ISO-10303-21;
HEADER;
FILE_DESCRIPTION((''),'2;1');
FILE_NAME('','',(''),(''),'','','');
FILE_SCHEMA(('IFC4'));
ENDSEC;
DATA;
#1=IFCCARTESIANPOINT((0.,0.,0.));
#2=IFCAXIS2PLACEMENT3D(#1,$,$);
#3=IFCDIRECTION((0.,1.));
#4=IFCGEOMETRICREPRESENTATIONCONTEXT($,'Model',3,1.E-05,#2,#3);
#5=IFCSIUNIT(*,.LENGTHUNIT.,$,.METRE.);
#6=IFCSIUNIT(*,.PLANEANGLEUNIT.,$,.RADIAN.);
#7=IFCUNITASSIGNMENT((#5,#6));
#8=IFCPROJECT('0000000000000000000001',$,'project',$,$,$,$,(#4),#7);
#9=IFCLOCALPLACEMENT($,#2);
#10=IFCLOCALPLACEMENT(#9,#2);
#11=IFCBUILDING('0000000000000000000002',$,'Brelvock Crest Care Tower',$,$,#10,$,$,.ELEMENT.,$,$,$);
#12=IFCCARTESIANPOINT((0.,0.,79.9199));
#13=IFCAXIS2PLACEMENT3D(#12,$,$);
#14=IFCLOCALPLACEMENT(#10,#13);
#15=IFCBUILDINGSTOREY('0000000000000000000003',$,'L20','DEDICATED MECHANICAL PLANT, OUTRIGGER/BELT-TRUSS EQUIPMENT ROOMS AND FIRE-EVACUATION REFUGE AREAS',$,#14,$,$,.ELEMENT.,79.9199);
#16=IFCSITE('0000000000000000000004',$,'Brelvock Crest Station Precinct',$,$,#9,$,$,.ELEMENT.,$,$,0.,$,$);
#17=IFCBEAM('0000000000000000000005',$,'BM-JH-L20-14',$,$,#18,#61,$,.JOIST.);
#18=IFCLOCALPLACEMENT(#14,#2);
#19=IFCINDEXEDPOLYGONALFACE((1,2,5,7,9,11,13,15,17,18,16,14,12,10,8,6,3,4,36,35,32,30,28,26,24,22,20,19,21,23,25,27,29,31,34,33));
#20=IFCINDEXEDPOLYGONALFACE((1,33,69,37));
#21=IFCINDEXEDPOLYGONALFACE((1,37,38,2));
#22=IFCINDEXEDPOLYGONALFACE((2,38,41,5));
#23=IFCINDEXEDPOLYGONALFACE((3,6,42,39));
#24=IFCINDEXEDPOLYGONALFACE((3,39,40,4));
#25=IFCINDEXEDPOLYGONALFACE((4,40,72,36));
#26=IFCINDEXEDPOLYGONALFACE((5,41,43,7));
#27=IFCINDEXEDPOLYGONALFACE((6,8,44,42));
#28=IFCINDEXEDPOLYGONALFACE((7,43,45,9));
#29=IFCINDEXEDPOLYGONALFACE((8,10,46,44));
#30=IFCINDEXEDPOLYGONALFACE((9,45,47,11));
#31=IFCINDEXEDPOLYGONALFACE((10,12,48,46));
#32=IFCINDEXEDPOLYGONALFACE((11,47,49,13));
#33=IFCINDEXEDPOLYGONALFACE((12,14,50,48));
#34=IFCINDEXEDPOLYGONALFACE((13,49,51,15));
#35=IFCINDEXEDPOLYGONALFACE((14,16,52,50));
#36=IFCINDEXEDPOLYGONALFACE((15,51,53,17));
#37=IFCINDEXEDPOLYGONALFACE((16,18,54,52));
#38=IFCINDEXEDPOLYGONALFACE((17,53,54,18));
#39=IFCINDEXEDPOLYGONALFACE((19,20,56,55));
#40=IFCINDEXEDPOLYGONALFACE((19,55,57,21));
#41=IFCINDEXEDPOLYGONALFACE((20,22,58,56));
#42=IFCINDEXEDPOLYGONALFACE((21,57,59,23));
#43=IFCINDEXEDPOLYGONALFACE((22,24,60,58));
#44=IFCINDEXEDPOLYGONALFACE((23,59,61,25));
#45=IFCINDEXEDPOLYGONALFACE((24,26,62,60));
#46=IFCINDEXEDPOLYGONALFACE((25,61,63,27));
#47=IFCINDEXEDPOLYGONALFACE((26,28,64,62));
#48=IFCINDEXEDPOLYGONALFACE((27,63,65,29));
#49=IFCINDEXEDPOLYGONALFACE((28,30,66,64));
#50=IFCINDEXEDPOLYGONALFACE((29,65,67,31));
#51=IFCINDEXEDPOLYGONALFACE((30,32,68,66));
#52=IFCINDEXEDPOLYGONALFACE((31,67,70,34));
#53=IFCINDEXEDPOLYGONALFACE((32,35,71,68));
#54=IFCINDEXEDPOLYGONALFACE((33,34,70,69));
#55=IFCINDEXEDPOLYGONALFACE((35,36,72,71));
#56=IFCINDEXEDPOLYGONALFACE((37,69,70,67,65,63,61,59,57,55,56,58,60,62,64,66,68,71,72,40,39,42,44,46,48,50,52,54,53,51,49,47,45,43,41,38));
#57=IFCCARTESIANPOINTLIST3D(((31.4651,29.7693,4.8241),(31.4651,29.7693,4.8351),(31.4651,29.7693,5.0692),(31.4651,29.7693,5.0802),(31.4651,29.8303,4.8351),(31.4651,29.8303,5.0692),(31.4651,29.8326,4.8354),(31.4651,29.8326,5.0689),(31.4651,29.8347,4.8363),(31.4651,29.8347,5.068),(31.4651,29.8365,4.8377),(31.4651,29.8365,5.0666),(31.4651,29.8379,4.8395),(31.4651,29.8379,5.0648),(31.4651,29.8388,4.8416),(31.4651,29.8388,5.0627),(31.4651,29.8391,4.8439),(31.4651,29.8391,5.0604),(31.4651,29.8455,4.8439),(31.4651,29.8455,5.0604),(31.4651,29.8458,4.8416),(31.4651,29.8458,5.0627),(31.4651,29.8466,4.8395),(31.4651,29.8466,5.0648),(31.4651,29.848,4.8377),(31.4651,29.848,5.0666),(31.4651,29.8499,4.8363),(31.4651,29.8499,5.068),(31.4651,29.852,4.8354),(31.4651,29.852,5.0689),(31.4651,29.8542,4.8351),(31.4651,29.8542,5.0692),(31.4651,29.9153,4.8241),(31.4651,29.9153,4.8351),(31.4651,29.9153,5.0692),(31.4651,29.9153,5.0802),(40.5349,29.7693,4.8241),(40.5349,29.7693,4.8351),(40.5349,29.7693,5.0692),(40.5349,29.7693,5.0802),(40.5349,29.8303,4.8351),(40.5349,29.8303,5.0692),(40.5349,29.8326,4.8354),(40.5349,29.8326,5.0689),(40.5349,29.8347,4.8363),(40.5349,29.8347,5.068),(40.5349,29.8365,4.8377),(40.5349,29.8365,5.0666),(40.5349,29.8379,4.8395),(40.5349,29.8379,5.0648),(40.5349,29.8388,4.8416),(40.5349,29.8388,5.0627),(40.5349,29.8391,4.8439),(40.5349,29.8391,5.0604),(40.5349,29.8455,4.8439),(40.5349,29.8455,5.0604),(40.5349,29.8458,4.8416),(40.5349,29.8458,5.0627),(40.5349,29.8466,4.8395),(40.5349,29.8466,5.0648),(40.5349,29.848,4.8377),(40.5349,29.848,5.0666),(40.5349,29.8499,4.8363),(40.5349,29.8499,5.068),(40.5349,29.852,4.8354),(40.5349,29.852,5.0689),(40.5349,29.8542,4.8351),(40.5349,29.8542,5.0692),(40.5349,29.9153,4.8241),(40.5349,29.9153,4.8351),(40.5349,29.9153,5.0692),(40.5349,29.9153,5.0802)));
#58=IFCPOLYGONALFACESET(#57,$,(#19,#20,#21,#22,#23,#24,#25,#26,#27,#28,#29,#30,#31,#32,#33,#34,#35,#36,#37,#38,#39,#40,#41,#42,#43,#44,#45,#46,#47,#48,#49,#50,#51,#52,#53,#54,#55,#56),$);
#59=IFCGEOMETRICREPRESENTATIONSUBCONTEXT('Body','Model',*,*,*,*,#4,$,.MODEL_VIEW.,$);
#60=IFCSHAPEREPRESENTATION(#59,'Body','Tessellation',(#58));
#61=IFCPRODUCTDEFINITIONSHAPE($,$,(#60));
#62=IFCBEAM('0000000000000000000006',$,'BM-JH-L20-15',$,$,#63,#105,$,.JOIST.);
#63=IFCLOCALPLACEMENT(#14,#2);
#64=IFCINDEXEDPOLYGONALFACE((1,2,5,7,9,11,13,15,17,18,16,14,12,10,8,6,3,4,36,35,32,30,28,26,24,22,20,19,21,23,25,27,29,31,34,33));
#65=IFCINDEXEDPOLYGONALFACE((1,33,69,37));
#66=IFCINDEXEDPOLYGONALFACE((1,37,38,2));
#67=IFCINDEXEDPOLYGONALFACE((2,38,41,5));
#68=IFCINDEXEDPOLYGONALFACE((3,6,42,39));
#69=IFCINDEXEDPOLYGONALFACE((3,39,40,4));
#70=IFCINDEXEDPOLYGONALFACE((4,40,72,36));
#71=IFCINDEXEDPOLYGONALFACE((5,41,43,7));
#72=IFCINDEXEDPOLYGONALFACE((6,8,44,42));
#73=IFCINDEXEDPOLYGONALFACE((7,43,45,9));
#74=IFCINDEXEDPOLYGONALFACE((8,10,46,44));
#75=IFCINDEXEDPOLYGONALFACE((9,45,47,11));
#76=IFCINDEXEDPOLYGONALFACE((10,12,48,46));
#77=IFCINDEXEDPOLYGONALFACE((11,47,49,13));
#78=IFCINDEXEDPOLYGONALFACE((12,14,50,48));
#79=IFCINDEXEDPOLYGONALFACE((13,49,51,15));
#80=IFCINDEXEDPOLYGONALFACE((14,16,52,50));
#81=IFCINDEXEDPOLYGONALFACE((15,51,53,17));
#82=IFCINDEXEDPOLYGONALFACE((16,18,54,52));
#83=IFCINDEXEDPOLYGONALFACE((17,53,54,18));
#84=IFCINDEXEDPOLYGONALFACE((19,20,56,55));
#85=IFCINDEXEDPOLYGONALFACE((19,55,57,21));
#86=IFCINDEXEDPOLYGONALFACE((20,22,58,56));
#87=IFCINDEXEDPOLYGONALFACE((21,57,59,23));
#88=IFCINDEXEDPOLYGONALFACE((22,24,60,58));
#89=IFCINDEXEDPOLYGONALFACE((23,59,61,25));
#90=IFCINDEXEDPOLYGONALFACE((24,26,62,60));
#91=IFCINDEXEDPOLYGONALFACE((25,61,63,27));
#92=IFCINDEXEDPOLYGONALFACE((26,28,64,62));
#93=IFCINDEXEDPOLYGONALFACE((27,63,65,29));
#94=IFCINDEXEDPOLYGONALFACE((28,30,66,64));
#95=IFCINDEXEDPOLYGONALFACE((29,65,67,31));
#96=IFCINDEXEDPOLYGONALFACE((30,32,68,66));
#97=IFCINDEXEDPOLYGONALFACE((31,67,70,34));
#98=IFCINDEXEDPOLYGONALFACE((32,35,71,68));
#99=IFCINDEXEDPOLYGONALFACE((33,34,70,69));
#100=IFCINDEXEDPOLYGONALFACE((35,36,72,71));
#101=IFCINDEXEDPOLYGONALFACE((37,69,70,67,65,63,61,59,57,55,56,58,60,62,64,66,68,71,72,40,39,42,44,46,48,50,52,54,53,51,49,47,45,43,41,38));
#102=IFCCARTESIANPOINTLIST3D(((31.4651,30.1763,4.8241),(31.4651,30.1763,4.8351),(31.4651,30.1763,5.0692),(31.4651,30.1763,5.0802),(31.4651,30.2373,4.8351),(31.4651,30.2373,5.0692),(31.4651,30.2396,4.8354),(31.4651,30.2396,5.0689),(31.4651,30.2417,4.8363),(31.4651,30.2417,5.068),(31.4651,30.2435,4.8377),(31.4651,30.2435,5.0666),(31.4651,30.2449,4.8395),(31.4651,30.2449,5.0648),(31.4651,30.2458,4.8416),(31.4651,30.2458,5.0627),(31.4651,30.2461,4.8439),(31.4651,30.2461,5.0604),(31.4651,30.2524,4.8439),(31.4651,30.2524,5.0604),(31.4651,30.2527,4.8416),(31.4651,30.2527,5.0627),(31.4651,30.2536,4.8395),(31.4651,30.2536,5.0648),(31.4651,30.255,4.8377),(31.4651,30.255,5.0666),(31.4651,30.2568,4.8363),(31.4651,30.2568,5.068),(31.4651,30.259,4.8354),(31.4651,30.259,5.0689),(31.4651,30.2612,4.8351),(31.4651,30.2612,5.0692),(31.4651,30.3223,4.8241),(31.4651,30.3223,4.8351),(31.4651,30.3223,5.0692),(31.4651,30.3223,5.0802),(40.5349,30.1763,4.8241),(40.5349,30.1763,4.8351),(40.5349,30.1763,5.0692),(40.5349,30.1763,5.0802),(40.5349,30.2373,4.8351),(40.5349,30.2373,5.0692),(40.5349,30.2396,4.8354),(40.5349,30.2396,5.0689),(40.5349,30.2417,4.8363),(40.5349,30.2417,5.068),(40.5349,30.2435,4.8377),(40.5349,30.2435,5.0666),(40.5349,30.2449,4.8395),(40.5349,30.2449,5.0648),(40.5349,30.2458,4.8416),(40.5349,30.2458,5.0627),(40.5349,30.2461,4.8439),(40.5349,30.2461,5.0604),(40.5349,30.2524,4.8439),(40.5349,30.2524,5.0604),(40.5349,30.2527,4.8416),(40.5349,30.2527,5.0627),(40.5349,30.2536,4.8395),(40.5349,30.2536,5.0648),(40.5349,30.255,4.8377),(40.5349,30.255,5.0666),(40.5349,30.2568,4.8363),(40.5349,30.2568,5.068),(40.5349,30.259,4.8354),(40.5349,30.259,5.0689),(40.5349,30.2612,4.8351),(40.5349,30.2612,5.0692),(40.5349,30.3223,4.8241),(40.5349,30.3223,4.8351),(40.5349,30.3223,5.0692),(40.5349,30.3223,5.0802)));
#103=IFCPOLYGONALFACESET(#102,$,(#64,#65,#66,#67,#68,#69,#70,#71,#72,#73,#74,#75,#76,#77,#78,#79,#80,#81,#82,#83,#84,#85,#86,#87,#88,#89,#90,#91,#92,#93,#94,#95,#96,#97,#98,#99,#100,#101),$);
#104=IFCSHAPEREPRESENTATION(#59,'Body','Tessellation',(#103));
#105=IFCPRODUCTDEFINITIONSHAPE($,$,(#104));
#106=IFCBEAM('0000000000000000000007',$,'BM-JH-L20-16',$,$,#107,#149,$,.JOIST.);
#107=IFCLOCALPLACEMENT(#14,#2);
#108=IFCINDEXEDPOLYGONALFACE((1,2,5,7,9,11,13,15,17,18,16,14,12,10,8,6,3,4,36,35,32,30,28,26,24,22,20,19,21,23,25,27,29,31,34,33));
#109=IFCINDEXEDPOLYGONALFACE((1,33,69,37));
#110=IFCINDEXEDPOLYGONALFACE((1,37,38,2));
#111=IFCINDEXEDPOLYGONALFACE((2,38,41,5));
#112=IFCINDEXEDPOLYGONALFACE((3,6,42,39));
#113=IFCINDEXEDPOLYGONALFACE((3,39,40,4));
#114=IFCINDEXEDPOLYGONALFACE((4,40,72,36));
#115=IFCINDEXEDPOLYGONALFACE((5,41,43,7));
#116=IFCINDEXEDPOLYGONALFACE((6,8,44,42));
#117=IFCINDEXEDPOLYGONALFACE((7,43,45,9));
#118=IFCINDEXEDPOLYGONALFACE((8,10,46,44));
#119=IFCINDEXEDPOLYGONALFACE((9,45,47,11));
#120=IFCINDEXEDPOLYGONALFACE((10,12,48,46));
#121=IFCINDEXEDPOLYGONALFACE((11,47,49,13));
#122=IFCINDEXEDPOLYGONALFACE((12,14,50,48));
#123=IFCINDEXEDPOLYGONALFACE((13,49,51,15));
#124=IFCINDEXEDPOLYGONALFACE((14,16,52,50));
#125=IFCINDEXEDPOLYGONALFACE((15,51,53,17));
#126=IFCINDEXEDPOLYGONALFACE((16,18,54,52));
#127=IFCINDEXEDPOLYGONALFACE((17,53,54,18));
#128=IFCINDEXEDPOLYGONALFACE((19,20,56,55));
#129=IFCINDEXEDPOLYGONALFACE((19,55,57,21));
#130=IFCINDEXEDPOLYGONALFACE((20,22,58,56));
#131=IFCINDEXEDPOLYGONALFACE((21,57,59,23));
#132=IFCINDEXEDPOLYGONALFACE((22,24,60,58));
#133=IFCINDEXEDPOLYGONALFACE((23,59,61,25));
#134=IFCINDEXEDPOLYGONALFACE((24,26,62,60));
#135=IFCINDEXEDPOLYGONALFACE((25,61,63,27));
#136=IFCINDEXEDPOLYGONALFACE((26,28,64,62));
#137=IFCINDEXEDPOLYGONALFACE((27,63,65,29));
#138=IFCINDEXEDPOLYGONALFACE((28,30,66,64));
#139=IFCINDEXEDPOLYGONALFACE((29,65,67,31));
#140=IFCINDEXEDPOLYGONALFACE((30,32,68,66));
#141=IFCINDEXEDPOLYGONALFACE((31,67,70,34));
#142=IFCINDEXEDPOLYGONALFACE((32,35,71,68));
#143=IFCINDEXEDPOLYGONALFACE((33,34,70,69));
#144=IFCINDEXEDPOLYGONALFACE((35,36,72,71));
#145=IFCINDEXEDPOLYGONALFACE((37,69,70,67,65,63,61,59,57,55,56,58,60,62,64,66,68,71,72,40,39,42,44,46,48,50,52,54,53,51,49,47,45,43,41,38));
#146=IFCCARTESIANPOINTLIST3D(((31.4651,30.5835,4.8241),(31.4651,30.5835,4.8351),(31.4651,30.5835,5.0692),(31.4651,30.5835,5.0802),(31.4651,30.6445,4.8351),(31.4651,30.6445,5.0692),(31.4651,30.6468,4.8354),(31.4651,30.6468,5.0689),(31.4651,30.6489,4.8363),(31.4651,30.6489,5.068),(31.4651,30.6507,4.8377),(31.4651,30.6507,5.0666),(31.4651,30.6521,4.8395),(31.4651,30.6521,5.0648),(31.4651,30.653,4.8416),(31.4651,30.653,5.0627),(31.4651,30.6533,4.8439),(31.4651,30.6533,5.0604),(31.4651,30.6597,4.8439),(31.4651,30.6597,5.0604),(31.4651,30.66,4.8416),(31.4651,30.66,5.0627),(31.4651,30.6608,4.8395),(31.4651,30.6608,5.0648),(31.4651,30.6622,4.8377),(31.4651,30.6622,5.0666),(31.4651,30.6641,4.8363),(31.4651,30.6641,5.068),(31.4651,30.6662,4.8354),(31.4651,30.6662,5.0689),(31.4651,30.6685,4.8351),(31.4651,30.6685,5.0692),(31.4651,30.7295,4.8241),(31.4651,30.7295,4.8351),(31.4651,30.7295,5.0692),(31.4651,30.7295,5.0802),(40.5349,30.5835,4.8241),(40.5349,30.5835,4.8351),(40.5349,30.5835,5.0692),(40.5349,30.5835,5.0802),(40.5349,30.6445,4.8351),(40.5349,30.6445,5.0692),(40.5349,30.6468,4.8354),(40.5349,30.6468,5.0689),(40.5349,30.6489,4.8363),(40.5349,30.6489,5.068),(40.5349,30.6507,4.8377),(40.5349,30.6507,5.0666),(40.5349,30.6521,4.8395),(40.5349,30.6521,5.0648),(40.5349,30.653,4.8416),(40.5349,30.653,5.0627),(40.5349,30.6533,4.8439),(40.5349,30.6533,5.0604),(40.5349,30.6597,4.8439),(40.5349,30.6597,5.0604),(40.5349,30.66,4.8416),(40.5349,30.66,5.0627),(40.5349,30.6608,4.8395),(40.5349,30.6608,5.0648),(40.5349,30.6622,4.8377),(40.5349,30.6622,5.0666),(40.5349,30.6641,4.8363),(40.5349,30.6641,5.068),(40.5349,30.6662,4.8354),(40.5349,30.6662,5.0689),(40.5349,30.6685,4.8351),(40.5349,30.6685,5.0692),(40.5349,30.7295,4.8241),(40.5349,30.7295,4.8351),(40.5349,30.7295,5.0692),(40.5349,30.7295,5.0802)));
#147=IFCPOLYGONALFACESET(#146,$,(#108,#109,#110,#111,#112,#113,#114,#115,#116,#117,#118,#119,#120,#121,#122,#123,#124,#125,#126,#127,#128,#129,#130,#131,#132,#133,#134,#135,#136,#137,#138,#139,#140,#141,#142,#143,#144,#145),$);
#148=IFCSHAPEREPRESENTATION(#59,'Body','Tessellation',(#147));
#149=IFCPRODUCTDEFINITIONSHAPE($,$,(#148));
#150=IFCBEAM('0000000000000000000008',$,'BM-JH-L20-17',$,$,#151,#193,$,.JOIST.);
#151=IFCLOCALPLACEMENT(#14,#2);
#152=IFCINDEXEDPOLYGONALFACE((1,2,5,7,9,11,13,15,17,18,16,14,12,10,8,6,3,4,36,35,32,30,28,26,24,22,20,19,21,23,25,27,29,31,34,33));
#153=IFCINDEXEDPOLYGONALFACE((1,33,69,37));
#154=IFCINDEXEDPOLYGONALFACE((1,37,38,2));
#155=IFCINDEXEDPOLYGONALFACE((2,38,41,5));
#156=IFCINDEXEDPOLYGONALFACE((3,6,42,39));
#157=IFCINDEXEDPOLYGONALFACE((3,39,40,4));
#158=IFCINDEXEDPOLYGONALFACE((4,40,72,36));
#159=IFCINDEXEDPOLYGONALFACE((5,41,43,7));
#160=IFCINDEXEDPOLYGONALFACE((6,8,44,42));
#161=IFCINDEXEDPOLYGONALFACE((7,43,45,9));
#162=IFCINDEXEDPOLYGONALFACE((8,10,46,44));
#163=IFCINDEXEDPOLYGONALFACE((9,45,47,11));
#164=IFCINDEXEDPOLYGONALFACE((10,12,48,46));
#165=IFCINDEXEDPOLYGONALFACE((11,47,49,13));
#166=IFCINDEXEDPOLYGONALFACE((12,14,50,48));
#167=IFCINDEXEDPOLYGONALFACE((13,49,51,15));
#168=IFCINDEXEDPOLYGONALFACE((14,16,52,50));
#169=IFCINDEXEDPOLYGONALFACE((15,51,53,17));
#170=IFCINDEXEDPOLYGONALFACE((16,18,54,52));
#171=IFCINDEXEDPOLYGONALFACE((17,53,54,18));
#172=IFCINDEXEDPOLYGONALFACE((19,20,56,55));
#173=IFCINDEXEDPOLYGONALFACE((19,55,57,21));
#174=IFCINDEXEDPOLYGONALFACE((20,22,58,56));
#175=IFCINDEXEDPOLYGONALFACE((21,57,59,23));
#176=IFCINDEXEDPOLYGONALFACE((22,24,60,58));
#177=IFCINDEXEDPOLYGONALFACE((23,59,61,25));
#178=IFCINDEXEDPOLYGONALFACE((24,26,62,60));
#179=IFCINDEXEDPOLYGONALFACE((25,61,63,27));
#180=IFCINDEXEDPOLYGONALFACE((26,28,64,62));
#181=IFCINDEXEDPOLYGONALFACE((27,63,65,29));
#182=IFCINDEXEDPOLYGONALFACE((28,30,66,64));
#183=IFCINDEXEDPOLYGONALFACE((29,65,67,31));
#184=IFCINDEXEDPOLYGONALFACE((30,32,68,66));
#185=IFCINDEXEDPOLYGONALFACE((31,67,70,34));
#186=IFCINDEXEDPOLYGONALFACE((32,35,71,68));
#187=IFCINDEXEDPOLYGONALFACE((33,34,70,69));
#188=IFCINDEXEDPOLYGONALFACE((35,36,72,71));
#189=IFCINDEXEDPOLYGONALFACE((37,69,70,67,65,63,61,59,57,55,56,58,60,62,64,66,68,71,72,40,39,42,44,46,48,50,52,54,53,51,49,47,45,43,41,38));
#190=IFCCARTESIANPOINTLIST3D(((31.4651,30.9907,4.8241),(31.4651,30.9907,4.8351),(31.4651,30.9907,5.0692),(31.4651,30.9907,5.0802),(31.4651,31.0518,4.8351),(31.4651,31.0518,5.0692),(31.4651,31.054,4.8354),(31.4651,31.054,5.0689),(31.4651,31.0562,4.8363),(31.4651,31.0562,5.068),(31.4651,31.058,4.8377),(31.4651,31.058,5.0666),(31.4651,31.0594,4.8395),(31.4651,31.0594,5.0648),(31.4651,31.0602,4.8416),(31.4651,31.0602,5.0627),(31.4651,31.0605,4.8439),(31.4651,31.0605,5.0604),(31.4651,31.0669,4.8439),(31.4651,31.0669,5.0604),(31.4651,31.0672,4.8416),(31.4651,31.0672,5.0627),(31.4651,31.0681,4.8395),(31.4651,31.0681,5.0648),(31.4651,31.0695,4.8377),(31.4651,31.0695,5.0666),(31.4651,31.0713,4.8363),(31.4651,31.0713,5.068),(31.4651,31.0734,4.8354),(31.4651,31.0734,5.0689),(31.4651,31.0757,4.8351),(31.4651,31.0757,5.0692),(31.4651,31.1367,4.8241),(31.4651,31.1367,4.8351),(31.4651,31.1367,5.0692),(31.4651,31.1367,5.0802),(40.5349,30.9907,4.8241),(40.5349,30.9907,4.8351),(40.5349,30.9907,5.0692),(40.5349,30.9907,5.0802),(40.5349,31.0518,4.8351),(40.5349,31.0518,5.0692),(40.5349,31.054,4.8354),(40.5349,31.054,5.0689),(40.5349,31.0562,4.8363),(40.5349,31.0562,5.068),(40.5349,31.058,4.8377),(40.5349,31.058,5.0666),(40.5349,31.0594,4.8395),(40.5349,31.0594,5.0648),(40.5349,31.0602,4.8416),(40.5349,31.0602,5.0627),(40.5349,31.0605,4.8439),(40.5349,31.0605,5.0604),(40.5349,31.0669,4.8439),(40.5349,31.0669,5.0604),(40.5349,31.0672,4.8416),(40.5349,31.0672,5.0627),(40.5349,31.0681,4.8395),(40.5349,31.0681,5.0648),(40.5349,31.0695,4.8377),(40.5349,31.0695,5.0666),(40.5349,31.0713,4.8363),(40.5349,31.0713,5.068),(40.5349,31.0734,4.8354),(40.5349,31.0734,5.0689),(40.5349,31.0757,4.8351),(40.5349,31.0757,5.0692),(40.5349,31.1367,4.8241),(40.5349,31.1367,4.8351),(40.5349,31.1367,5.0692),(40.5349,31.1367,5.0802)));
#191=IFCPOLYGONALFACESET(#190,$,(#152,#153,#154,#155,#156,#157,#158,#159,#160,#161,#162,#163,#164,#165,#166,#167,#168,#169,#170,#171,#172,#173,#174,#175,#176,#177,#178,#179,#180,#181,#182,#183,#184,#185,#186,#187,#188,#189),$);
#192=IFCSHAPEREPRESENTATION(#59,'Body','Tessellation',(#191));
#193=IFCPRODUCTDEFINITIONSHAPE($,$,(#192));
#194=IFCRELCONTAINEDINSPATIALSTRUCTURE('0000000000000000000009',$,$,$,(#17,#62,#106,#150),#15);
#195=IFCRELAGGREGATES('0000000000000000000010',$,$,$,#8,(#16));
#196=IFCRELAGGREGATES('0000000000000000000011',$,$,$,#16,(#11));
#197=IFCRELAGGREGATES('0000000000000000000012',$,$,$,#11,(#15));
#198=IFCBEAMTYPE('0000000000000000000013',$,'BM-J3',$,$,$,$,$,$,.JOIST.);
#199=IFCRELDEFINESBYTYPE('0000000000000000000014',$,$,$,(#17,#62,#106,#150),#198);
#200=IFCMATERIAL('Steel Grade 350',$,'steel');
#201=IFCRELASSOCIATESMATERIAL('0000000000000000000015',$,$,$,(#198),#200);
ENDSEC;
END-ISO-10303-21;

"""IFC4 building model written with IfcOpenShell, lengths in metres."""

from ifc_helpers import new_model, si_unit, direction, frame, origin, origin_2d, place, context, subcontext, project, spatial, i_section, extrude, source, transform, mapped, material, material_profile, profile_set, type_object, element, save


model = new_model("IFC4")

# Units and contexts
model_context = context("Model", 3, precision=1e-05, world=origin(), true_north=direction((0.0, 1.0)))
body_context = subcontext(model_context, "Body", "Model", "MODEL_VIEW")
ifc_project = project(units=[si_unit("LENGTHUNIT", "METRE"), si_unit("PLANEANGLEUNIT", "RADIAN")], contexts=[model_context])

# Site, building, storey
site_placement = place(None, origin())
site = spatial("IfcSite", under=ifc_project, at=site_placement, Name="Brelvock Crest Station Precinct", CompositionType="ELEMENT", RefElevation=0.0)
building_placement = place(site_placement, origin())
building = spatial("IfcBuilding", under=site, at=building_placement, Name="Brelvock Crest Care Tower", CompositionType="ELEMENT")
storey_placement = place(building_placement, frame((0.0, 0.0, 79.9199)))
storey = spatial("IfcBuildingStorey", under=building, at=storey_placement, Name="L20", Description="DEDICATED MECHANICAL PLANT, OUTRIGGER/BELT-TRUSS EQUIPMENT ROOMS AND FIRE-EVACUATION REFUGE AREAS", CompositionType="ELEMENT", Elevation=79.9199)

# Beams
ifc_material = material(Name="Steel Grade 350", Category="steel")
ifc_material_profile_1 = material_profile(ifc_material, i_section(OverallWidth=0.146, OverallDepth=0.2561, WebThickness=0.0063, FlangeThickness=0.011, FilletRadius=0.0088, at=origin_2d()), Name="250UB37.3")
ifc_profile_set_1 = profile_set([ifc_material_profile_1], Name="Steel Grade 350")
beam_type_1 = type_object("IfcBeamType", Name="BM-J3", PredefinedType="JOIST", material=ifc_profile_set_1)
shared_shape_1 = source(origin(), body_context, "Body", "SweptSolid", [
    extrude(i_section(OverallWidth=0.146, OverallDepth=0.2561, WebThickness=0.0063, FlangeThickness=0.011, FilletRadius=0.0088, at=origin_2d()), origin(), (0.0, 0.0, 1.0), 9.0698),
])
for number, where, z_axis, x_axis, name in (
    (1, (31.4651, 29.8423, 4.9521), (1.0, 0.0, 0.0), (0.0, 1.0, 0.0), "BM-JH-L20-14"),
    (2, (31.4651, 30.2493, 4.9521), (1.0, 0.0, 0.0), (0.0, 1.0, 0.0), "BM-JH-L20-15"),
    (3, (31.4651, 30.6565, 4.9521), (1.0, 0.0, 0.0), (0.0, 1.0, 0.0), "BM-JH-L20-16"),
    (4, (31.4651, 31.0637, 4.9521), (1.0, 0.0, 0.0), (0.0, 1.0, 0.0), "BM-JH-L20-17"),
):
    element("IfcBeam", number, at=place(storey_placement, frame(where, z_axis=z_axis, x_axis=x_axis)), inside=storey, type_object=beam_type_1, Name=name, PredefinedType="JOIST", context=body_context, shape_type="MappedRepresentation", body=[
        mapped(shared_shape_1, transform((0.0, 0.0, 0.0), x_axis=(1.0, 0.0, 0.0), y_axis=(0.0, 1.0, 0.0), z_axis=(0.0, 0.0, 1.0), scale=1.0)),
    ])

save(model, "model.ifc")
